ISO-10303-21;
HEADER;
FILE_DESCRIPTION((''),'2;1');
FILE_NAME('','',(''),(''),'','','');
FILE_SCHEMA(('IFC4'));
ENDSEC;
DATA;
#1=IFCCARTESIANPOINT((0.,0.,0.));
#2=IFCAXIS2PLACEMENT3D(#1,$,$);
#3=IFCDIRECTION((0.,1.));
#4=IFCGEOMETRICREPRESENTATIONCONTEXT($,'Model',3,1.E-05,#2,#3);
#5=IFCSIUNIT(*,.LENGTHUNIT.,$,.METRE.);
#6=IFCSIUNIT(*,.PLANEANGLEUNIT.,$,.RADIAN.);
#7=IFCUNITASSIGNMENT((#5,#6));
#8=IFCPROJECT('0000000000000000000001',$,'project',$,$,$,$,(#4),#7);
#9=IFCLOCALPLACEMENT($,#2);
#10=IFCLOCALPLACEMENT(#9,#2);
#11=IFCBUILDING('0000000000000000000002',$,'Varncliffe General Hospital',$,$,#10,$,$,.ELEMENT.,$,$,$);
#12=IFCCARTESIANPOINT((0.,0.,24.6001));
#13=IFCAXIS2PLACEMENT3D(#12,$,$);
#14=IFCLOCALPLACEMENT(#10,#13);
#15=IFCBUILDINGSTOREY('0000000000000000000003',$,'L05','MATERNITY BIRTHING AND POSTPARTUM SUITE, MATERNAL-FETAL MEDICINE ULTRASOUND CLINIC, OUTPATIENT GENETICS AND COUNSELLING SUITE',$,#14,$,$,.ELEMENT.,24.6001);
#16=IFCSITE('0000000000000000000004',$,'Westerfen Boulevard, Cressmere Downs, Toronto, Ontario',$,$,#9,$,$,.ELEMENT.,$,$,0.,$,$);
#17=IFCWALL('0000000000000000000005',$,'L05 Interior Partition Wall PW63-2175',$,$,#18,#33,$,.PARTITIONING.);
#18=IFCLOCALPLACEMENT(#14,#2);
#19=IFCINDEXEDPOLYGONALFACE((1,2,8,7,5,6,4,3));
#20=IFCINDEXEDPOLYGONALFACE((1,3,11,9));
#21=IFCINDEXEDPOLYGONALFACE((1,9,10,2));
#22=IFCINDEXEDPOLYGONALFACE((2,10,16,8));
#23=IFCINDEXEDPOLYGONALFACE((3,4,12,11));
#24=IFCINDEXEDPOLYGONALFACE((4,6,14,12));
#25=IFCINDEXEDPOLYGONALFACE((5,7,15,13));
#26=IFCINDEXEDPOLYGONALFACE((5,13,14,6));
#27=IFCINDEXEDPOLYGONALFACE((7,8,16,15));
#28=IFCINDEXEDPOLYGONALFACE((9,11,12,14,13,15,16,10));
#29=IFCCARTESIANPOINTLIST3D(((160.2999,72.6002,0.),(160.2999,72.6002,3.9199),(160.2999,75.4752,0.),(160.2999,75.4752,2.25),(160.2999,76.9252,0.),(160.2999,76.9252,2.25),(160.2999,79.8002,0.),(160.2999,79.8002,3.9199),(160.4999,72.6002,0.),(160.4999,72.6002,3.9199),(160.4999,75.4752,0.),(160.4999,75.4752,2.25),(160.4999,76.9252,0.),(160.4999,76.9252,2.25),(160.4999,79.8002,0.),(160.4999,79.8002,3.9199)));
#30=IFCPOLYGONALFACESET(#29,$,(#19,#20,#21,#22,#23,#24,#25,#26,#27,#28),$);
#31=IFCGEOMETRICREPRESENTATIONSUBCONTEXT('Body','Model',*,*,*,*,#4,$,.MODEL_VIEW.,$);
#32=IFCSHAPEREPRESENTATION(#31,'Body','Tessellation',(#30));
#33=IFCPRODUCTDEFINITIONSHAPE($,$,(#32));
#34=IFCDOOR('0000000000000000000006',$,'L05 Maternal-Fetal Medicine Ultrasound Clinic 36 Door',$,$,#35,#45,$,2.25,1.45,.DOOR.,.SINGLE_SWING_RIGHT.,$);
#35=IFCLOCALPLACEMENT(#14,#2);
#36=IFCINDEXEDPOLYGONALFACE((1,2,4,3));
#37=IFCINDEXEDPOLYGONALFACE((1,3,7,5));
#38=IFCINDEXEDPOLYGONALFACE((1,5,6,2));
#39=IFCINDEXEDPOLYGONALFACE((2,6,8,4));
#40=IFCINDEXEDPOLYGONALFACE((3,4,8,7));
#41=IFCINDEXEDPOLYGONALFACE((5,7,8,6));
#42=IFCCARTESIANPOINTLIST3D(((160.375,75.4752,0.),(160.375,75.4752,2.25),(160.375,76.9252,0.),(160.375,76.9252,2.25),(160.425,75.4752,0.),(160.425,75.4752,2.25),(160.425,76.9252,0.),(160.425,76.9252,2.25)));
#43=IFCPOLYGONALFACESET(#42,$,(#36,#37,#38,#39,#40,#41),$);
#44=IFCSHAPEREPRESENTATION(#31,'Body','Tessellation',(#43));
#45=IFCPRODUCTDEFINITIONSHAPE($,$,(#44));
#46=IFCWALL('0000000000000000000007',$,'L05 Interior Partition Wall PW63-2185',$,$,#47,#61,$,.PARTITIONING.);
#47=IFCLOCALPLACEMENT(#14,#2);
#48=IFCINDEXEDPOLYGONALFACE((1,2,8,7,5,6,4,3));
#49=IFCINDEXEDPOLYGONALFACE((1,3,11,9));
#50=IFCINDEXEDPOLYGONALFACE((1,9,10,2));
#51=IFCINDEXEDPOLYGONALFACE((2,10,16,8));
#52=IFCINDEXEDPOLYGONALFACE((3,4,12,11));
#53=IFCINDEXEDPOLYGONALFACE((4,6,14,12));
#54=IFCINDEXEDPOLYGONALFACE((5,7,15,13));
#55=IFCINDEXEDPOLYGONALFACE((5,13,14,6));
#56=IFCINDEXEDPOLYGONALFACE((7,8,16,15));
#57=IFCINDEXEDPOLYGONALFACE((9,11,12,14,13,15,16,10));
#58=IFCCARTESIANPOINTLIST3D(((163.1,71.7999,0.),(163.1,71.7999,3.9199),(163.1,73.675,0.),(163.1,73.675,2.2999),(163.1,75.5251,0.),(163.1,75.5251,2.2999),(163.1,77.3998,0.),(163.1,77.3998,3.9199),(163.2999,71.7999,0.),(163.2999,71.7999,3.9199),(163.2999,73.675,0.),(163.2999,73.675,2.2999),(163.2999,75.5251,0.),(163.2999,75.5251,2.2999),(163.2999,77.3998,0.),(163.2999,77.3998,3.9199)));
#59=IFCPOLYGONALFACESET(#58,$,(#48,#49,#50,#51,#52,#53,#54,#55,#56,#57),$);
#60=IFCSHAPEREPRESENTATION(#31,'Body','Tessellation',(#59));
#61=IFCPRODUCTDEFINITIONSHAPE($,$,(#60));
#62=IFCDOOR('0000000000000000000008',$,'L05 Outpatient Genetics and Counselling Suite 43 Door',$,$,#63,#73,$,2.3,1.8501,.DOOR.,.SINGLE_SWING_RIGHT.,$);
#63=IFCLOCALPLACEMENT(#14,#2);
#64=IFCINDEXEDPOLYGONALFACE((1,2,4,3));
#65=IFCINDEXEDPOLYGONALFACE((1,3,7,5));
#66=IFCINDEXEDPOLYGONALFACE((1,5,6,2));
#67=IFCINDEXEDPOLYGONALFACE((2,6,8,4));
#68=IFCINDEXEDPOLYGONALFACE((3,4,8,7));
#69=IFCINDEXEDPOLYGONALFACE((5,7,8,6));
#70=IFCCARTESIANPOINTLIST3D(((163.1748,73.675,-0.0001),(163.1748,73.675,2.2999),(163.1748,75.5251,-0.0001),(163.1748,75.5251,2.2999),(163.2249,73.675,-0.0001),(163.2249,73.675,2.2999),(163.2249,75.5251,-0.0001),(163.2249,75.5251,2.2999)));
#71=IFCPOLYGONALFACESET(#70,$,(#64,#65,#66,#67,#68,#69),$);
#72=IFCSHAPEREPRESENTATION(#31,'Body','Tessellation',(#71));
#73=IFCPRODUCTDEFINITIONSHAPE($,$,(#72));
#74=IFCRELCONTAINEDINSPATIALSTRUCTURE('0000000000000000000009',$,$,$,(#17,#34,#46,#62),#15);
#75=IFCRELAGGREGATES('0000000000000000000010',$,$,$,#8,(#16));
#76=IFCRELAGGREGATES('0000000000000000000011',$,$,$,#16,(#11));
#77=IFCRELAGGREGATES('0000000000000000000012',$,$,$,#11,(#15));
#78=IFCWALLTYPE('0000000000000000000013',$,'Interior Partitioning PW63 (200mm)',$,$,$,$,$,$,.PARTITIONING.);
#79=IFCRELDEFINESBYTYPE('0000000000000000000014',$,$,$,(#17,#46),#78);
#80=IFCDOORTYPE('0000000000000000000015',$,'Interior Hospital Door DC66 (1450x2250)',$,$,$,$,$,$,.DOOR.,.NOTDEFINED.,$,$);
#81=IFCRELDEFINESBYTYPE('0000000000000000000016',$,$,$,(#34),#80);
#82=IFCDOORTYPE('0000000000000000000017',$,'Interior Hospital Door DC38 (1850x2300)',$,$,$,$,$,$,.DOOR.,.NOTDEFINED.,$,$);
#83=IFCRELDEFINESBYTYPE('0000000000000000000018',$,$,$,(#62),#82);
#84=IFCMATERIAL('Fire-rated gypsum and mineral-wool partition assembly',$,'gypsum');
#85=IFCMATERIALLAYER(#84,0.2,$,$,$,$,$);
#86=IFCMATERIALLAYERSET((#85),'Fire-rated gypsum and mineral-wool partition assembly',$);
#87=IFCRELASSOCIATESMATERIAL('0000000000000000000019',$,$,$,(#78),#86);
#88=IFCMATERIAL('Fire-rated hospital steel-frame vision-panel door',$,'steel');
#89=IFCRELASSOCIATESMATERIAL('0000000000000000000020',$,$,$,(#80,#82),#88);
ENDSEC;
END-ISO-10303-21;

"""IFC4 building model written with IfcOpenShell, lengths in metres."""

from ifc_helpers import new_model, si_unit, direction, frame, frame_2d, origin, place, context, subcontext, project, spatial, rectangle, extrude, material, layer, layer_set, type_object, element, fill, save


model = new_model("IFC4")

# Units and contexts
model_context = context("Model", 3, precision=1e-05, world=origin(), true_north=direction((0.0, 1.0)))
body_context = subcontext(model_context, "Body", "Model", "MODEL_VIEW")
ifc_project = project(units=[si_unit("LENGTHUNIT", "METRE"), si_unit("PLANEANGLEUNIT", "RADIAN")], contexts=[model_context])

# Site, building, storey
site_placement = place(None, origin())
site = spatial("IfcSite", under=ifc_project, at=site_placement, Name="Westerfen Boulevard, Cressmere Downs, Toronto, Ontario", CompositionType="ELEMENT", RefElevation=0.0)
building_placement = place(site_placement, origin())
building = spatial("IfcBuilding", under=site, at=building_placement, Name="Varncliffe General Hospital", CompositionType="ELEMENT")
storey_placement = place(building_placement, frame((0.0, 0.0, 24.6001)))
storey = spatial("IfcBuildingStorey", under=building, at=storey_placement, Name="L05", Description="MATERNITY BIRTHING AND POSTPARTUM SUITE, MATERNAL-FETAL MEDICINE ULTRASOUND CLINIC, OUTPATIENT GENETICS AND COUNSELLING SUITE", CompositionType="ELEMENT", Elevation=24.6001)

# Shared definitions
ifc_material_1 = material(Name="Fire-rated gypsum and mineral-wool partition assembly", Category="gypsum")

# Walls, openings, doors
ifc_material_2 = material(Name="Fire-rated hospital steel-frame vision-panel door", Category="steel")
ifc_layer_1 = layer(ifc_material_1, 0.2)
ifc_layer_set_1 = layer_set([ifc_layer_1], Name="Fire-rated gypsum and mineral-wool partition assembly")
wall_type_1 = type_object("IfcWallType", Name="Interior Partitioning PW63 (200mm)", PredefinedType="PARTITIONING", material=ifc_layer_set_1)
wall_1_placement = place(storey_placement, frame((160.3999, 72.6001, 0.0), z_axis=(0.0, 0.0, 1.0), x_axis=(0.0, 1.0, 0.0)))
wall_1 = element("IfcWall", 1, at=wall_1_placement, inside=storey, type_object=wall_type_1, Name="L05 Interior Partition Wall PW63-2175", PredefinedType="PARTITIONING", context=body_context, shape_type="SweptSolid", body=[
    extrude(rectangle(XDim=7.2, YDim=0.2, at=frame_2d((3.6001, 0.0))), origin(), (0.0, 0.0, 1.0), 3.9199),
])
opening_1_placement = place(wall_1_placement, frame((2.875, 0.0, 0.0)))
opening_1 = element("IfcOpeningElement", 2, at=opening_1_placement, cuts=wall_1, PredefinedType="OPENING", context=body_context, shape_type="SweptSolid", body=[
    extrude(rectangle(XDim=1.45, YDim=2.25, at=frame_2d((0.7251, 1.125))), frame((0.0, 0.1099, 0.0), z_axis=(0.0, -1.0, 0.0), x_axis=(1.0, 0.0, 0.0)), (0.0, 0.0, 1.0), 0.22),
])
door_type_1 = type_object("IfcDoorType", Name="Interior Hospital Door DC66 (1450x2250)", OperationType="NOTDEFINED", PredefinedType="DOOR", material=ifc_material_2)
door_1_placement = place(opening_1_placement, origin())
door_1 = element("IfcDoor", 3, at=door_1_placement, inside=storey, type_object=door_type_1, Name="L05 Maternal-Fetal Medicine Ultrasound Clinic 36 Door", OperationType="SINGLE_SWING_RIGHT", OverallHeight=2.25, OverallWidth=1.45, PredefinedType="DOOR", context=body_context, shape_type="SweptSolid", body=[
    extrude(rectangle(XDim=1.45, YDim=2.25, at=frame_2d((0.7251, 1.125))), frame((0.0, 0.0249, 0.0), z_axis=(0.0, -1.0, 0.0), x_axis=(1.0, 0.0, 0.0)), (0.0, 0.0, 1.0), 0.05),
])
fill(opening_1, door_1)
wall_2_placement = place(storey_placement, frame((163.2, 71.8, 0.0), z_axis=(0.0, 0.0, 1.0), x_axis=(0.0, 1.0, 0.0)))
wall_2 = element("IfcWall", 4, at=wall_2_placement, inside=storey, type_object=wall_type_1, Name="L05 Interior Partition Wall PW63-2185", PredefinedType="PARTITIONING", context=body_context, shape_type="SweptSolid", body=[
    extrude(rectangle(XDim=5.5999, YDim=0.2, at=frame_2d((2.7998, 0.0))), origin(), (0.0, 0.0, 1.0), 3.9199),
])
opening_2_placement = place(wall_2_placement, frame((1.875, 0.0, 0.0)))
opening_2 = element("IfcOpeningElement", 5, at=opening_2_placement, cuts=wall_2, PredefinedType="OPENING", context=body_context, shape_type="SweptSolid", body=[
    extrude(rectangle(XDim=1.8501, YDim=2.3, at=frame_2d((0.925, 1.1499))), frame((0.0, 0.1099, 0.0), z_axis=(0.0, -1.0, 0.0), x_axis=(1.0, 0.0, 0.0)), (0.0, 0.0, 1.0), 0.22),
])
door_type_2 = type_object("IfcDoorType", Name="Interior Hospital Door DC38 (1850x2300)", OperationType="NOTDEFINED", PredefinedType="DOOR", material=ifc_material_2)
door_2_placement = place(opening_2_placement, frame((1.8501, 0.0, 0.0), z_axis=(0.0, 0.0, 1.0), x_axis=(-1.0, 0.0, 0.0)))
door_2 = element("IfcDoor", 6, at=door_2_placement, inside=storey, type_object=door_type_2, Name="L05 Outpatient Genetics and Counselling Suite 43 Door", OperationType="SINGLE_SWING_RIGHT", OverallHeight=2.3, OverallWidth=1.8501, PredefinedType="DOOR", context=body_context, shape_type="SweptSolid", body=[
    extrude(rectangle(XDim=1.8501, YDim=2.3, at=frame_2d((0.925, 1.1499))), frame((0.0, 0.0249, 0.0), z_axis=(0.0, -1.0, 0.0), x_axis=(1.0, 0.0, 0.0)), (0.0, 0.0, 1.0), 0.05),
])
fill(opening_2, door_2)

save(model, "model.ifc")
